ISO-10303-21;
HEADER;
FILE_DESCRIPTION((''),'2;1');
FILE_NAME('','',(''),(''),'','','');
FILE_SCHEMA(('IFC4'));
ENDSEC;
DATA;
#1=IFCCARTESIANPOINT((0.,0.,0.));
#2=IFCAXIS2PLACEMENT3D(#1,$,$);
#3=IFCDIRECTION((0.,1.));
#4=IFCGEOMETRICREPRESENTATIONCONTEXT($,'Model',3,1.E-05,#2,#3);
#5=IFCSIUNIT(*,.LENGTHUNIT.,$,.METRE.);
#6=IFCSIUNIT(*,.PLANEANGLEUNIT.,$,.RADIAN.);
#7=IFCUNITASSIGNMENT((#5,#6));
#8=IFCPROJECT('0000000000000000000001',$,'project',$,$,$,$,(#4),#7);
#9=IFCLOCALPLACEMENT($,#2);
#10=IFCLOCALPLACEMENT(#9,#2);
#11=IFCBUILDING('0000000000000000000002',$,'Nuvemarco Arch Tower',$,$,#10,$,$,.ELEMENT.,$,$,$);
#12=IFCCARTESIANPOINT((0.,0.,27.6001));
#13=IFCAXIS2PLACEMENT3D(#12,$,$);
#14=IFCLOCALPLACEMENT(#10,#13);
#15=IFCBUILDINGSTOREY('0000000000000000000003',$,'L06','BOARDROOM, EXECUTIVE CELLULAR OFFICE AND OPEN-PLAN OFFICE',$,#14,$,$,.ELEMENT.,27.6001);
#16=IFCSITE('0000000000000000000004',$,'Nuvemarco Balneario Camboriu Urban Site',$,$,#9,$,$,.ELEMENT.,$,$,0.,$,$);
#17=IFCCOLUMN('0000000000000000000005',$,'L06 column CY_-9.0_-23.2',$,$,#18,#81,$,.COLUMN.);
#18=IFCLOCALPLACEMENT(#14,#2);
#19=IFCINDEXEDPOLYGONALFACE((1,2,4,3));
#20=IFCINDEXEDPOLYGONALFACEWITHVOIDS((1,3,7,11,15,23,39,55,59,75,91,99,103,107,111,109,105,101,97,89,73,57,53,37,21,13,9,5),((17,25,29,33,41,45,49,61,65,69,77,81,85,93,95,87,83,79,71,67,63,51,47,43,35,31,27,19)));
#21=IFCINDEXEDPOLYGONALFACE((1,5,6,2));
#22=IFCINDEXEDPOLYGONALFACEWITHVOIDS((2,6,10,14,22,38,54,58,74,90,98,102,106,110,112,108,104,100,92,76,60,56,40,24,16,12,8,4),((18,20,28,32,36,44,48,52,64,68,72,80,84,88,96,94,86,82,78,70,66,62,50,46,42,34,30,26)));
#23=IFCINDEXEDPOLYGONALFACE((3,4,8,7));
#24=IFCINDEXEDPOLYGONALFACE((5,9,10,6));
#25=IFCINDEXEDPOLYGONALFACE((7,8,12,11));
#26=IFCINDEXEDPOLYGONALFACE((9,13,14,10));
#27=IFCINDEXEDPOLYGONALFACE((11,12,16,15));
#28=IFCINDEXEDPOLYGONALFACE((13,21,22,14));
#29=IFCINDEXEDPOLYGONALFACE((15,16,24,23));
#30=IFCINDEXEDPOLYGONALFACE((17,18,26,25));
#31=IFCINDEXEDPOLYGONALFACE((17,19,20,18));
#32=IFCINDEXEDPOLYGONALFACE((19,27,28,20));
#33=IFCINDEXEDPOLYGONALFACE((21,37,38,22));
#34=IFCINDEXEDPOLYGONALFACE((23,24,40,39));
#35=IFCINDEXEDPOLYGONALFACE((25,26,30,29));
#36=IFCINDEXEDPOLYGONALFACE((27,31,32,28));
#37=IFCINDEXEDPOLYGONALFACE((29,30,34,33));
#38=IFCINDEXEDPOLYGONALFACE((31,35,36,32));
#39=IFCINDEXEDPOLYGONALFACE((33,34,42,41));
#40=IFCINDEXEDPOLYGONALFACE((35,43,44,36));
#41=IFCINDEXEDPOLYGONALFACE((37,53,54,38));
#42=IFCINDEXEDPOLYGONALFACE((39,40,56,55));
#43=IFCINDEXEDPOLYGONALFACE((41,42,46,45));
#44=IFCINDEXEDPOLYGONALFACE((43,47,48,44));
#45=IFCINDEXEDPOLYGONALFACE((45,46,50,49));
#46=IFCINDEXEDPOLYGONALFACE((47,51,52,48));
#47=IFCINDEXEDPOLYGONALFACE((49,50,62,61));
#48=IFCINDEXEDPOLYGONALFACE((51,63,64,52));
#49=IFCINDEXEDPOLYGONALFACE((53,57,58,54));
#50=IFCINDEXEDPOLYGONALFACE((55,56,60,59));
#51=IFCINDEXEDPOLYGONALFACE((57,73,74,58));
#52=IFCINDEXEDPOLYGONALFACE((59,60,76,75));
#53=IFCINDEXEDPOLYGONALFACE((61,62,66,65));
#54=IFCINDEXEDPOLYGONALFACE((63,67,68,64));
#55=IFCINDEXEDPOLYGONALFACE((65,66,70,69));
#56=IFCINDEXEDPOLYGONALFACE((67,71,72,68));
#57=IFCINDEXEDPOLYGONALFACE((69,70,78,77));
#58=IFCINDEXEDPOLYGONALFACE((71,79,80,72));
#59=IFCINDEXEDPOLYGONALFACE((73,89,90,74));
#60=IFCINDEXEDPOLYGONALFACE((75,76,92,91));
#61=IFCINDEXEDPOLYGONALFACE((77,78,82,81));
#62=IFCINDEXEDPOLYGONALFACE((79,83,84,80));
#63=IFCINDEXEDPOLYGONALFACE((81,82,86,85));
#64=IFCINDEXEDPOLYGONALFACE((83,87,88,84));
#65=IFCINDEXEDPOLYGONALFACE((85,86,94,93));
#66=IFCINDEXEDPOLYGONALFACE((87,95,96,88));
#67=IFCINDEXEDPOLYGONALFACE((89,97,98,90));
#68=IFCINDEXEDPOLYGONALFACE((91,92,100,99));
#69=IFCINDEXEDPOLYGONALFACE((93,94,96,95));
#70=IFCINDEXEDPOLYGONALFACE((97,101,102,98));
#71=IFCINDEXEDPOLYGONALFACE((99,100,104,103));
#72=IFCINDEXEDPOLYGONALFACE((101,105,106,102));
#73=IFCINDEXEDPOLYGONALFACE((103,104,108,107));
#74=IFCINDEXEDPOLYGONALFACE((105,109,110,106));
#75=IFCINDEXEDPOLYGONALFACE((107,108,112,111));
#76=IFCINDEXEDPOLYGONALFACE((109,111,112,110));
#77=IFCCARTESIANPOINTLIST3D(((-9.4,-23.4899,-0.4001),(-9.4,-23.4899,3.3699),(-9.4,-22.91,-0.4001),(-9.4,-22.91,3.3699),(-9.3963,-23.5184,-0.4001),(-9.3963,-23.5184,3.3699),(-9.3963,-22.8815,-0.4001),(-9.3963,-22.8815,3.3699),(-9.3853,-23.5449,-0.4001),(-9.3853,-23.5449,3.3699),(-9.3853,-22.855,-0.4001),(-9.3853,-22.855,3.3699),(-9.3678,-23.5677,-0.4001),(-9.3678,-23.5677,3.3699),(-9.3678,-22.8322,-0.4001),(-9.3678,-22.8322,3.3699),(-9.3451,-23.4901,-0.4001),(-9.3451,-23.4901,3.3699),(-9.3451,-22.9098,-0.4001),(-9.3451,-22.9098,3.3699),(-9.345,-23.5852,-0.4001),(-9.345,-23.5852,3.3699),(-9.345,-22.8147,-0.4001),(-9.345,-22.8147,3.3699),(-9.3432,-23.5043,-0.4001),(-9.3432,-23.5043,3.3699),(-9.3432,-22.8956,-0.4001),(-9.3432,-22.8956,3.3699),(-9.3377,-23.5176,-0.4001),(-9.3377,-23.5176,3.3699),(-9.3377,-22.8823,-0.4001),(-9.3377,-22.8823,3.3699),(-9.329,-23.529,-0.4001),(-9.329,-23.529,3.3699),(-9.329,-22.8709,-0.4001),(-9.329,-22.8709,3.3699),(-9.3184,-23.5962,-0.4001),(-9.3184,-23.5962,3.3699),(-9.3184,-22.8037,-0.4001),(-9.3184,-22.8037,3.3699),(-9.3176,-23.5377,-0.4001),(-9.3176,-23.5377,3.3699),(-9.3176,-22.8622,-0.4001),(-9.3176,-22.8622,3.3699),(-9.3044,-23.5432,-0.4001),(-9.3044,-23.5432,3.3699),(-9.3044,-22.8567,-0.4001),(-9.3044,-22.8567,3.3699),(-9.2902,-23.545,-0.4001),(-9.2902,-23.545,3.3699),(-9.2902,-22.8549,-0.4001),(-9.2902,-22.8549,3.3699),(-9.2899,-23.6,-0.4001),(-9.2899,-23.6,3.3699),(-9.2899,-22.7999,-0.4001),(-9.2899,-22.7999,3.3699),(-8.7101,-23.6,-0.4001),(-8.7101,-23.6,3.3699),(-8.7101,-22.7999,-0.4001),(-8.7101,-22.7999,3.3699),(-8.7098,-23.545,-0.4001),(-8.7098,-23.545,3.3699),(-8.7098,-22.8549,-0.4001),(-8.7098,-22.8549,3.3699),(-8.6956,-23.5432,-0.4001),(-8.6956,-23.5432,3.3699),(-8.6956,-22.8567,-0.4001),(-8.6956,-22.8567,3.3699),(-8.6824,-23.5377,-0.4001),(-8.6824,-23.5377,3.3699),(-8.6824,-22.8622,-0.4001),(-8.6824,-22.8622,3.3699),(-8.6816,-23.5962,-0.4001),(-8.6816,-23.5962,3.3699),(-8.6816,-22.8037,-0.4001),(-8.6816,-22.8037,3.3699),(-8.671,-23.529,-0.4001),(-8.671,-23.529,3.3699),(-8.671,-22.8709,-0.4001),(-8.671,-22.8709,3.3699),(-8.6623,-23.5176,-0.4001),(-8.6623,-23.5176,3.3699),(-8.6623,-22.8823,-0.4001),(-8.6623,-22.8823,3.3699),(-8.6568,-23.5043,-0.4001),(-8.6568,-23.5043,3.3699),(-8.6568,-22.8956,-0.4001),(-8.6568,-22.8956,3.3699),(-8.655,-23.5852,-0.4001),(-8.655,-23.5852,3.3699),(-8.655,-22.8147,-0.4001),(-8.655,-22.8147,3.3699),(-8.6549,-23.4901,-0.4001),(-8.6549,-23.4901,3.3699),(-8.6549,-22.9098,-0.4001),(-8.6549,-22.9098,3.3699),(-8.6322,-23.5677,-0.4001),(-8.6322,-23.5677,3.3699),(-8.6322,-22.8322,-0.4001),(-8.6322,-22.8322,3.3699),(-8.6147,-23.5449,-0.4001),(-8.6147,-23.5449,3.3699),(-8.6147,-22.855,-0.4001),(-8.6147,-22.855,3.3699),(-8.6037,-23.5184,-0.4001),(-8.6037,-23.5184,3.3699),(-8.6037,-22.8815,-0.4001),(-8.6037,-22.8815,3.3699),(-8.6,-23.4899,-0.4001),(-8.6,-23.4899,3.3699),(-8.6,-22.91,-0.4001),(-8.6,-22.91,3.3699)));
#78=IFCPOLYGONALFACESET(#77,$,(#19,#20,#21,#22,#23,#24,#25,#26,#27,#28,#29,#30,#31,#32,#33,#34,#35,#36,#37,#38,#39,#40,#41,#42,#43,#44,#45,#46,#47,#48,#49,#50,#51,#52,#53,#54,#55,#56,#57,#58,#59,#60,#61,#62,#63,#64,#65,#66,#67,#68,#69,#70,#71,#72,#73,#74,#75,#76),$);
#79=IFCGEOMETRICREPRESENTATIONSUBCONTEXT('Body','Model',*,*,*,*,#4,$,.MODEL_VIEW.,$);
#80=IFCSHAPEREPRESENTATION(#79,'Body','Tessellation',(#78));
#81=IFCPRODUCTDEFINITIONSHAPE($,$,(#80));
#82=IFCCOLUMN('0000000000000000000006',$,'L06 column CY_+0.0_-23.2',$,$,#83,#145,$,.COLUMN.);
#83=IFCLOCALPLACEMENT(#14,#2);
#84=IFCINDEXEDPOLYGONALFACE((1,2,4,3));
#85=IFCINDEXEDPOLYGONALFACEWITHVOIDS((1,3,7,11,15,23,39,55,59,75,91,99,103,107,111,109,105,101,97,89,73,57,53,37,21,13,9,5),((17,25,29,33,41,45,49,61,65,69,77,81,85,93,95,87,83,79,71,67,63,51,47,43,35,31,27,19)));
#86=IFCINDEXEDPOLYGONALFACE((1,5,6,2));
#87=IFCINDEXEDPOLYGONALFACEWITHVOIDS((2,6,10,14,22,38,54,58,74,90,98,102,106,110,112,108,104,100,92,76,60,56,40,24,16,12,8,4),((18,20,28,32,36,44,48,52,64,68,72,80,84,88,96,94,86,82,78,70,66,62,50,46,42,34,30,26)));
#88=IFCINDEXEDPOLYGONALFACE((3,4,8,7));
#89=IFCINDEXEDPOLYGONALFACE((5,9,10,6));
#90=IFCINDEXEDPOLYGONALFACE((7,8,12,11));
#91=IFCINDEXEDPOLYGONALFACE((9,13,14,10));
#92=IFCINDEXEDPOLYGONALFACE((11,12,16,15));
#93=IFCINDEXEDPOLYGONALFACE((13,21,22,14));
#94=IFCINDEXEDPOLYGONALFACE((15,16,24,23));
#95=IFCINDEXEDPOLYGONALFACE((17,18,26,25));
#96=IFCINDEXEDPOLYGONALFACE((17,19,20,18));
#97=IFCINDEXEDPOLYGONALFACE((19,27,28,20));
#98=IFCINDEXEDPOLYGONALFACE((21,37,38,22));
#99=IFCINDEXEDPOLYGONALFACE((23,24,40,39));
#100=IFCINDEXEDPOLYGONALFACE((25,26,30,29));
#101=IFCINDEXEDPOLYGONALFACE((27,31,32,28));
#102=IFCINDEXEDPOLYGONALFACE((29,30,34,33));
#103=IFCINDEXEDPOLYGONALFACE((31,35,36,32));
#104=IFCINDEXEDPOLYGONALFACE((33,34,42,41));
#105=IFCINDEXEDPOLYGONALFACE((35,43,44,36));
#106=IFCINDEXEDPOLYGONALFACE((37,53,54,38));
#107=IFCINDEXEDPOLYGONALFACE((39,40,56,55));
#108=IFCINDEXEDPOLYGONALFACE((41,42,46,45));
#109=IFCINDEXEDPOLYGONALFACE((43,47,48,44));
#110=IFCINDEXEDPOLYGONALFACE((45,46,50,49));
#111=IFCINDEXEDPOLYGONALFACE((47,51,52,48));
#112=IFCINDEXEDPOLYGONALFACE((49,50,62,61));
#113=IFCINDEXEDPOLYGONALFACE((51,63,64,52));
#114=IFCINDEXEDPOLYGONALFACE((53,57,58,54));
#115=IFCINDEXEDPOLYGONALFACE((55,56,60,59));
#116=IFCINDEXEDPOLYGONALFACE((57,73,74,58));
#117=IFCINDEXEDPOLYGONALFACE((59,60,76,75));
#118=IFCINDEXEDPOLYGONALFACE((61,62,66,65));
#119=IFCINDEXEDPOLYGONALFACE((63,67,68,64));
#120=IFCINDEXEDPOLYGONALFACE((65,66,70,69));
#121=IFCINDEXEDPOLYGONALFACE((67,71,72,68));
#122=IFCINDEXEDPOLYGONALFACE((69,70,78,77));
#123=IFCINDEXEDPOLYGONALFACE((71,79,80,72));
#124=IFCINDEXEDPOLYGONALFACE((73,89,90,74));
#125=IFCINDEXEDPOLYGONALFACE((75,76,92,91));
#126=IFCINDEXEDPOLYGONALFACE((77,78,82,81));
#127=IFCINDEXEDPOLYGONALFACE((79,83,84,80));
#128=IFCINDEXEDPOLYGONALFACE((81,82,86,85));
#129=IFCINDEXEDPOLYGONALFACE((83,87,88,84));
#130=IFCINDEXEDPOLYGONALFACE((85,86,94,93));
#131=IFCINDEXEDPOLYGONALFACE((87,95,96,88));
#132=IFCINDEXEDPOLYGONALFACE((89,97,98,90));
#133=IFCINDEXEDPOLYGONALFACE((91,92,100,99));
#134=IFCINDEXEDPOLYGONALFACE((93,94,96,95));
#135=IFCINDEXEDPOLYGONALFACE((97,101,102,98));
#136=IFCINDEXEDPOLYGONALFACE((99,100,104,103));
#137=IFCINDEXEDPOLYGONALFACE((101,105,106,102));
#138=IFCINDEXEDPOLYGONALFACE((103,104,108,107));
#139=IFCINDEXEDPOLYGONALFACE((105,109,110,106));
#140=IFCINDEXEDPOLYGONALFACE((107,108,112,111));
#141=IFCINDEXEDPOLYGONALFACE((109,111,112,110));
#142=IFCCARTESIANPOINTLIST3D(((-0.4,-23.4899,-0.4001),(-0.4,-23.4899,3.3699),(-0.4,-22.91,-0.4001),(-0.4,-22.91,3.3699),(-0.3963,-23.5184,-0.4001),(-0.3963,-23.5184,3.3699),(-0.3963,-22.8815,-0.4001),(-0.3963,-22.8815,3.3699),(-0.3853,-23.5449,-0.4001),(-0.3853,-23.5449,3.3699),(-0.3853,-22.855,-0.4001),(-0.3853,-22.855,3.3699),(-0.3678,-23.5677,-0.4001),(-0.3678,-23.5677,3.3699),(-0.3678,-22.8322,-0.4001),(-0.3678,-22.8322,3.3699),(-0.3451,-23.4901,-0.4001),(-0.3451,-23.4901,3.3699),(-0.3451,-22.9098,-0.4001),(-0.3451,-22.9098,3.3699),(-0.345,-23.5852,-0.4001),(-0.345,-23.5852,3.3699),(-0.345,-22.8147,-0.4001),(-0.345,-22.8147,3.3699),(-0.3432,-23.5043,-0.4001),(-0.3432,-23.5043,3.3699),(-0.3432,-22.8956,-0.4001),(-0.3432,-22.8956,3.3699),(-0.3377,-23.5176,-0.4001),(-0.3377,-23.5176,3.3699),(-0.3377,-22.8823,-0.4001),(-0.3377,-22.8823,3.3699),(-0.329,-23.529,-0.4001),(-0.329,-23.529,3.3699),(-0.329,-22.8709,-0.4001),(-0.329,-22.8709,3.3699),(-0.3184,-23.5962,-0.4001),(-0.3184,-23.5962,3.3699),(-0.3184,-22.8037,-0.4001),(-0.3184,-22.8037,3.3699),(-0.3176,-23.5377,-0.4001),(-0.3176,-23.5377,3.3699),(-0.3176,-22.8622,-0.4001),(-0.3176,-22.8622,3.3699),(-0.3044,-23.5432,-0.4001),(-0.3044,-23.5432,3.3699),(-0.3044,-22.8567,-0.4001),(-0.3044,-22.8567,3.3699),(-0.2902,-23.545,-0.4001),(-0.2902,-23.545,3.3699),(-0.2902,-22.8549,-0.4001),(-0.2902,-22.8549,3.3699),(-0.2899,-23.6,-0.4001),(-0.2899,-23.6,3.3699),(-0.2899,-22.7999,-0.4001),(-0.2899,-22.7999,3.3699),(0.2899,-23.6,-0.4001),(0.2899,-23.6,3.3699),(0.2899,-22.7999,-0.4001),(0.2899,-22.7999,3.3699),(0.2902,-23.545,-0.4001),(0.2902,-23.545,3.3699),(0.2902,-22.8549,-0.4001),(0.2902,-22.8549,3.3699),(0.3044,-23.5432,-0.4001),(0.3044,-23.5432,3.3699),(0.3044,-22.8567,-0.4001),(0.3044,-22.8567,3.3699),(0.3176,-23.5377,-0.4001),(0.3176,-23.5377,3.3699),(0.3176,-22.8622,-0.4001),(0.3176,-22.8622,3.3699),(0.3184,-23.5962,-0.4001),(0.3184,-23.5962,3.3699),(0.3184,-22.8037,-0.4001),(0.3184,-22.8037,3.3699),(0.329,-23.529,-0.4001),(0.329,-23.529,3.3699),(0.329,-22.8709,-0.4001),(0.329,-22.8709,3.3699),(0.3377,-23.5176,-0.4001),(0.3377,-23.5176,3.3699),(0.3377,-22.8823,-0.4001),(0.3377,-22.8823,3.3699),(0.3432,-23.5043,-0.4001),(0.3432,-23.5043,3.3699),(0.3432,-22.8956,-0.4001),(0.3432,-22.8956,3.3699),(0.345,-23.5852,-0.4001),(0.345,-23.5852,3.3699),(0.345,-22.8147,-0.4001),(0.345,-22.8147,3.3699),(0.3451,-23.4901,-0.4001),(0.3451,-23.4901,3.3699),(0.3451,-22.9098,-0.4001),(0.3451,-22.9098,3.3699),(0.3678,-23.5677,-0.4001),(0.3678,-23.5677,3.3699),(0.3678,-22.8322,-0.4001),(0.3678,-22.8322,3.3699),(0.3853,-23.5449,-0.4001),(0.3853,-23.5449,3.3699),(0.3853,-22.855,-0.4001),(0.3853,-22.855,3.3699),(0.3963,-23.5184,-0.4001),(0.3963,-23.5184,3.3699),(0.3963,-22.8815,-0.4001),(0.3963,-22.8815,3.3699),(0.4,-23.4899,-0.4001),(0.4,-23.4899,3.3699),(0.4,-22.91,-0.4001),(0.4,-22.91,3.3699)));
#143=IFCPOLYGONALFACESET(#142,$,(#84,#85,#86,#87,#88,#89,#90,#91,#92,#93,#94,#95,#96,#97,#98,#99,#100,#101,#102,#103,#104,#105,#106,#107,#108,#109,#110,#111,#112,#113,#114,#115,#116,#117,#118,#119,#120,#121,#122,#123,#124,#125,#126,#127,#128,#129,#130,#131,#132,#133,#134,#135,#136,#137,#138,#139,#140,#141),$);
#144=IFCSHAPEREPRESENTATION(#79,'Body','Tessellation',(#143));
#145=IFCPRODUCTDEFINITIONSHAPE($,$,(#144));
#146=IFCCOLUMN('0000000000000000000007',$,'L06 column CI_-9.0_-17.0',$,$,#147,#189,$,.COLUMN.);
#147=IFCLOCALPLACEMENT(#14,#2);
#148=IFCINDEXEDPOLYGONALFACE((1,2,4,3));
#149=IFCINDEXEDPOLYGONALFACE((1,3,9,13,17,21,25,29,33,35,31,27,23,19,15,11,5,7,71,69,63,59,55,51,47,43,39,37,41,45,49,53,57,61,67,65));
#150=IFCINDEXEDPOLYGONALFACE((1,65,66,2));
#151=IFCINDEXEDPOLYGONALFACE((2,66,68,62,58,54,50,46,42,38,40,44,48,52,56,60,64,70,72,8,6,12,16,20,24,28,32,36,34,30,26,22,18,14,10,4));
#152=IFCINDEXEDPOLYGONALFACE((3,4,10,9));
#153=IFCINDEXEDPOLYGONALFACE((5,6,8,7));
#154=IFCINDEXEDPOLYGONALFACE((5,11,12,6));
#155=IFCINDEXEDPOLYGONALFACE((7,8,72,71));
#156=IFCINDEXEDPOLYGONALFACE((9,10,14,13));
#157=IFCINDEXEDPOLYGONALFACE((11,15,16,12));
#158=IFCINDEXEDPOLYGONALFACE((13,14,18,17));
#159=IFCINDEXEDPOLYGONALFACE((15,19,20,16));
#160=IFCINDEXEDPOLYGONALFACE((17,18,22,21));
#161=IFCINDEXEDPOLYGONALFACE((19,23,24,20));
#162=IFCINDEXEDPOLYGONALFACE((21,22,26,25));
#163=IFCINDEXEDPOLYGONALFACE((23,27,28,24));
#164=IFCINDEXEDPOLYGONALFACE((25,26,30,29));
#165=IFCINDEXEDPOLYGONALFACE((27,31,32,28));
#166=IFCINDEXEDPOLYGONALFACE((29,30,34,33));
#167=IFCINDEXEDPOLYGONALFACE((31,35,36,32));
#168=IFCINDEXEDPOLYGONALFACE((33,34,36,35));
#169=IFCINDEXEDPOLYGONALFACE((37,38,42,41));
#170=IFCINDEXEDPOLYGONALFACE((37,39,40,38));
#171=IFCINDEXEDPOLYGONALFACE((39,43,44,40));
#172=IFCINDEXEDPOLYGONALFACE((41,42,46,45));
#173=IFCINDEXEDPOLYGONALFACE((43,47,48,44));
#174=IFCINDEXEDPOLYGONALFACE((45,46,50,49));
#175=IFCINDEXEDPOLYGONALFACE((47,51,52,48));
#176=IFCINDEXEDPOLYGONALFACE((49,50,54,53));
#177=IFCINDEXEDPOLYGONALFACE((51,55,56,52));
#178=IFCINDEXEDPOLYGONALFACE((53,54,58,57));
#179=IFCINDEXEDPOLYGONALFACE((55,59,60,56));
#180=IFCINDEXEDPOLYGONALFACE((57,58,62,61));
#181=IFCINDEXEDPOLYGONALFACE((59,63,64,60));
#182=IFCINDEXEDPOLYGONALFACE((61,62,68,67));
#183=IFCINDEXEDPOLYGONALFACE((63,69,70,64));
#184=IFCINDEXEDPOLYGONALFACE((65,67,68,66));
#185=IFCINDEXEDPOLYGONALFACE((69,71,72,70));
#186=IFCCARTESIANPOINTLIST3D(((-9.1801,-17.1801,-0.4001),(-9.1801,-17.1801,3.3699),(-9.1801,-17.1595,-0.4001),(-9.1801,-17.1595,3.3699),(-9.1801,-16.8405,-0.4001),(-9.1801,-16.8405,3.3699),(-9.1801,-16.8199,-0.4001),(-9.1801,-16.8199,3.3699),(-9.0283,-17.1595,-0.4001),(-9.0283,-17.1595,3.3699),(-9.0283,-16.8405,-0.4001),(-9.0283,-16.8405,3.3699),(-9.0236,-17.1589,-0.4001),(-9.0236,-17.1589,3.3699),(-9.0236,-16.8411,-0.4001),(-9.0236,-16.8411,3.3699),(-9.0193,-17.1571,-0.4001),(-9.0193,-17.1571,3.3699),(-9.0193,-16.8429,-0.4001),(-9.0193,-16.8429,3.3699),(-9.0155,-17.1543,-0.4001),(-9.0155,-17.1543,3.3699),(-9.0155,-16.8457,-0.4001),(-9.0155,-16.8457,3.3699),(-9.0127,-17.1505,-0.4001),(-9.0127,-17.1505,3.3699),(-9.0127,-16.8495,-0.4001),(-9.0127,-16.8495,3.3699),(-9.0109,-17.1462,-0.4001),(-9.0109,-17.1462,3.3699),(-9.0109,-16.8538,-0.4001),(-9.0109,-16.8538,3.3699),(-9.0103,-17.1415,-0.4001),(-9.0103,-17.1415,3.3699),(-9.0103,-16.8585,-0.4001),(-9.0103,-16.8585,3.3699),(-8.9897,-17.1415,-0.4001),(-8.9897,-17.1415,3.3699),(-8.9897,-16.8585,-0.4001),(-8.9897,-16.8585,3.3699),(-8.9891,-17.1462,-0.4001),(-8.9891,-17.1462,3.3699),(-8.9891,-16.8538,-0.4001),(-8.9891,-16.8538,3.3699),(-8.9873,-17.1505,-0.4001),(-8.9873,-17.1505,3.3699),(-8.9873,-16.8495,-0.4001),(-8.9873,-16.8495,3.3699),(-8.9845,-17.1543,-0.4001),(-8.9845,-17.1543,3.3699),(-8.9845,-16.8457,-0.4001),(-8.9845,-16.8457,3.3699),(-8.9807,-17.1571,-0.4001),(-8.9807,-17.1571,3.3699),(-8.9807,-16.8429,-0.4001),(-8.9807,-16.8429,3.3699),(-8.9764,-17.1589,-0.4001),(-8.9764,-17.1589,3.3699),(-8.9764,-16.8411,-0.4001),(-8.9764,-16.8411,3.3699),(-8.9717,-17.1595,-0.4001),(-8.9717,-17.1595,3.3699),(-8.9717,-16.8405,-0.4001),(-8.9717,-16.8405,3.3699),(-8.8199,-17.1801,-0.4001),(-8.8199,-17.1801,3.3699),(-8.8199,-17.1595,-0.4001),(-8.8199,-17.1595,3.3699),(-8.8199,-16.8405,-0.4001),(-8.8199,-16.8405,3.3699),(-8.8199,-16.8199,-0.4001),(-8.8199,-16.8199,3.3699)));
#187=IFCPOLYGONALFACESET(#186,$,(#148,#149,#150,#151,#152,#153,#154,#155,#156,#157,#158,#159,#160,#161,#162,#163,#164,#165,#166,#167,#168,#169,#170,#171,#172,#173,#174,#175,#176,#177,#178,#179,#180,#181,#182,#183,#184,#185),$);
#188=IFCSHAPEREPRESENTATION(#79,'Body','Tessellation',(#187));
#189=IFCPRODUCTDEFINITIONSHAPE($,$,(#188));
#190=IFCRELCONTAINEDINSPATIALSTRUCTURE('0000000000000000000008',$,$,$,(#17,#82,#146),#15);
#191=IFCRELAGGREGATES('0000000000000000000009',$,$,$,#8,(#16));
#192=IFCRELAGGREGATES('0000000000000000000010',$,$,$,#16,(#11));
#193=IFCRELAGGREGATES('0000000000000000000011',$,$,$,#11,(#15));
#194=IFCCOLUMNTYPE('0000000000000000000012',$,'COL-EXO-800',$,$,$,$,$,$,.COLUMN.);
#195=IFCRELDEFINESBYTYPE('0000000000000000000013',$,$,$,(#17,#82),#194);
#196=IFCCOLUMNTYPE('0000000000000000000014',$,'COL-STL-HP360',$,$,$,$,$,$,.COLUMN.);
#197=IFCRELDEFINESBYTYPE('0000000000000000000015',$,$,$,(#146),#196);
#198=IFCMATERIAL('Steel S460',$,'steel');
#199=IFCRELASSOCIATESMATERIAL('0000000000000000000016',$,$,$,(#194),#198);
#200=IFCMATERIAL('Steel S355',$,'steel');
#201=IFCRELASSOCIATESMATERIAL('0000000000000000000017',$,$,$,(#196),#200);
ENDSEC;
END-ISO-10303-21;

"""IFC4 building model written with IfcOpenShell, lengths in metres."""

from ifc_helpers import new_model, si_unit, direction, frame, origin, origin_2d, place, context, subcontext, project, spatial, hollow_rectangle, i_section, extrude, material, material_profile, profile_set, type_object, element, save


model = new_model("IFC4")

# Units and contexts
model_context = context("Model", 3, precision=1e-05, world=origin(), true_north=direction((0.0, 1.0)))
body_context = subcontext(model_context, "Body", "Model", "MODEL_VIEW")
ifc_project = project(units=[si_unit("LENGTHUNIT", "METRE"), si_unit("PLANEANGLEUNIT", "RADIAN")], contexts=[model_context])

# Site, building, storey
site_placement = place(None, origin())
site = spatial("IfcSite", under=ifc_project, at=site_placement, Name="Nuvemarco Balneario Camboriu Urban Site", CompositionType="ELEMENT", RefElevation=0.0)
building_placement = place(site_placement, origin())
building = spatial("IfcBuilding", under=site, at=building_placement, Name="Nuvemarco Arch Tower", CompositionType="ELEMENT")
storey_placement = place(building_placement, frame((0.0, 0.0, 27.6001)))
storey = spatial("IfcBuildingStorey", under=building, at=storey_placement, Name="L06", Description="BOARDROOM, EXECUTIVE CELLULAR OFFICE AND OPEN-PLAN OFFICE", CompositionType="ELEMENT", Elevation=27.6001)

# Columns
ifc_material_1 = material(Name="Steel S460", Category="steel")
ifc_material_profile_1 = material_profile(ifc_material_1, hollow_rectangle(XDim=0.8, YDim=0.8, WallThickness=0.0549, InnerFilletRadius=0.0549, OuterFilletRadius=0.1101, at=origin_2d()), Name="SHS800x800x55")
ifc_profile_set_1 = profile_set([ifc_material_profile_1], Name="Steel S460")
column_type_1 = type_object("IfcColumnType", Name="COL-EXO-800", PredefinedType="COLUMN", material=ifc_profile_set_1)
for number, where, z_axis, x_axis, name in (
    (1, (-9.0, -23.2, -0.4001), (0.0, 0.0, 1.0), (1.0, 0.0, 0.0), "L06 column CY_-9.0_-23.2"),
    (2, (0.0, -23.2, -0.4001), (0.0, 0.0, 1.0), (1.0, 0.0, 0.0), "L06 column CY_+0.0_-23.2"),
):
    element("IfcColumn", number, at=place(storey_placement, frame(where, z_axis=z_axis, x_axis=x_axis)), inside=storey, type_object=column_type_1, Name=name, PredefinedType="COLUMN", context=body_context, shape_type="SweptSolid", body=[
        extrude(hollow_rectangle(XDim=0.8, YDim=0.8, WallThickness=0.0549, InnerFilletRadius=0.0549, OuterFilletRadius=0.1101, at=origin_2d()), origin(), (0.0, 0.0, 1.0), 3.77),
    ])
ifc_material_2 = material(Name="Steel S355", Category="steel")
ifc_material_profile_2 = material_profile(ifc_material_2, i_section(OverallWidth=0.3601, OverallDepth=0.3601, WebThickness=0.0205, FlangeThickness=0.0205, FilletRadius=0.0181, at=origin_2d()), Name="HP360x174")
ifc_profile_set_2 = profile_set([ifc_material_profile_2], Name="Steel S355")
column_type_2 = type_object("IfcColumnType", Name="COL-STL-HP360", PredefinedType="COLUMN", material=ifc_profile_set_2)
column_placement = place(storey_placement, frame((-9.0, -17.0, -0.4001), z_axis=(0.0, 0.0, 1.0), x_axis=(1.0, 0.0, 0.0)))
element("IfcColumn", 3, at=column_placement, inside=storey, type_object=column_type_2, Name="L06 column CI_-9.0_-17.0", PredefinedType="COLUMN", context=body_context, shape_type="SweptSolid", body=[
    extrude(i_section(OverallWidth=0.3601, OverallDepth=0.3601, WebThickness=0.0205, FlangeThickness=0.0205, FilletRadius=0.0181, at=origin_2d()), origin(), (0.0, 0.0, 1.0), 3.77),
])

save(model, "model.ifc")
